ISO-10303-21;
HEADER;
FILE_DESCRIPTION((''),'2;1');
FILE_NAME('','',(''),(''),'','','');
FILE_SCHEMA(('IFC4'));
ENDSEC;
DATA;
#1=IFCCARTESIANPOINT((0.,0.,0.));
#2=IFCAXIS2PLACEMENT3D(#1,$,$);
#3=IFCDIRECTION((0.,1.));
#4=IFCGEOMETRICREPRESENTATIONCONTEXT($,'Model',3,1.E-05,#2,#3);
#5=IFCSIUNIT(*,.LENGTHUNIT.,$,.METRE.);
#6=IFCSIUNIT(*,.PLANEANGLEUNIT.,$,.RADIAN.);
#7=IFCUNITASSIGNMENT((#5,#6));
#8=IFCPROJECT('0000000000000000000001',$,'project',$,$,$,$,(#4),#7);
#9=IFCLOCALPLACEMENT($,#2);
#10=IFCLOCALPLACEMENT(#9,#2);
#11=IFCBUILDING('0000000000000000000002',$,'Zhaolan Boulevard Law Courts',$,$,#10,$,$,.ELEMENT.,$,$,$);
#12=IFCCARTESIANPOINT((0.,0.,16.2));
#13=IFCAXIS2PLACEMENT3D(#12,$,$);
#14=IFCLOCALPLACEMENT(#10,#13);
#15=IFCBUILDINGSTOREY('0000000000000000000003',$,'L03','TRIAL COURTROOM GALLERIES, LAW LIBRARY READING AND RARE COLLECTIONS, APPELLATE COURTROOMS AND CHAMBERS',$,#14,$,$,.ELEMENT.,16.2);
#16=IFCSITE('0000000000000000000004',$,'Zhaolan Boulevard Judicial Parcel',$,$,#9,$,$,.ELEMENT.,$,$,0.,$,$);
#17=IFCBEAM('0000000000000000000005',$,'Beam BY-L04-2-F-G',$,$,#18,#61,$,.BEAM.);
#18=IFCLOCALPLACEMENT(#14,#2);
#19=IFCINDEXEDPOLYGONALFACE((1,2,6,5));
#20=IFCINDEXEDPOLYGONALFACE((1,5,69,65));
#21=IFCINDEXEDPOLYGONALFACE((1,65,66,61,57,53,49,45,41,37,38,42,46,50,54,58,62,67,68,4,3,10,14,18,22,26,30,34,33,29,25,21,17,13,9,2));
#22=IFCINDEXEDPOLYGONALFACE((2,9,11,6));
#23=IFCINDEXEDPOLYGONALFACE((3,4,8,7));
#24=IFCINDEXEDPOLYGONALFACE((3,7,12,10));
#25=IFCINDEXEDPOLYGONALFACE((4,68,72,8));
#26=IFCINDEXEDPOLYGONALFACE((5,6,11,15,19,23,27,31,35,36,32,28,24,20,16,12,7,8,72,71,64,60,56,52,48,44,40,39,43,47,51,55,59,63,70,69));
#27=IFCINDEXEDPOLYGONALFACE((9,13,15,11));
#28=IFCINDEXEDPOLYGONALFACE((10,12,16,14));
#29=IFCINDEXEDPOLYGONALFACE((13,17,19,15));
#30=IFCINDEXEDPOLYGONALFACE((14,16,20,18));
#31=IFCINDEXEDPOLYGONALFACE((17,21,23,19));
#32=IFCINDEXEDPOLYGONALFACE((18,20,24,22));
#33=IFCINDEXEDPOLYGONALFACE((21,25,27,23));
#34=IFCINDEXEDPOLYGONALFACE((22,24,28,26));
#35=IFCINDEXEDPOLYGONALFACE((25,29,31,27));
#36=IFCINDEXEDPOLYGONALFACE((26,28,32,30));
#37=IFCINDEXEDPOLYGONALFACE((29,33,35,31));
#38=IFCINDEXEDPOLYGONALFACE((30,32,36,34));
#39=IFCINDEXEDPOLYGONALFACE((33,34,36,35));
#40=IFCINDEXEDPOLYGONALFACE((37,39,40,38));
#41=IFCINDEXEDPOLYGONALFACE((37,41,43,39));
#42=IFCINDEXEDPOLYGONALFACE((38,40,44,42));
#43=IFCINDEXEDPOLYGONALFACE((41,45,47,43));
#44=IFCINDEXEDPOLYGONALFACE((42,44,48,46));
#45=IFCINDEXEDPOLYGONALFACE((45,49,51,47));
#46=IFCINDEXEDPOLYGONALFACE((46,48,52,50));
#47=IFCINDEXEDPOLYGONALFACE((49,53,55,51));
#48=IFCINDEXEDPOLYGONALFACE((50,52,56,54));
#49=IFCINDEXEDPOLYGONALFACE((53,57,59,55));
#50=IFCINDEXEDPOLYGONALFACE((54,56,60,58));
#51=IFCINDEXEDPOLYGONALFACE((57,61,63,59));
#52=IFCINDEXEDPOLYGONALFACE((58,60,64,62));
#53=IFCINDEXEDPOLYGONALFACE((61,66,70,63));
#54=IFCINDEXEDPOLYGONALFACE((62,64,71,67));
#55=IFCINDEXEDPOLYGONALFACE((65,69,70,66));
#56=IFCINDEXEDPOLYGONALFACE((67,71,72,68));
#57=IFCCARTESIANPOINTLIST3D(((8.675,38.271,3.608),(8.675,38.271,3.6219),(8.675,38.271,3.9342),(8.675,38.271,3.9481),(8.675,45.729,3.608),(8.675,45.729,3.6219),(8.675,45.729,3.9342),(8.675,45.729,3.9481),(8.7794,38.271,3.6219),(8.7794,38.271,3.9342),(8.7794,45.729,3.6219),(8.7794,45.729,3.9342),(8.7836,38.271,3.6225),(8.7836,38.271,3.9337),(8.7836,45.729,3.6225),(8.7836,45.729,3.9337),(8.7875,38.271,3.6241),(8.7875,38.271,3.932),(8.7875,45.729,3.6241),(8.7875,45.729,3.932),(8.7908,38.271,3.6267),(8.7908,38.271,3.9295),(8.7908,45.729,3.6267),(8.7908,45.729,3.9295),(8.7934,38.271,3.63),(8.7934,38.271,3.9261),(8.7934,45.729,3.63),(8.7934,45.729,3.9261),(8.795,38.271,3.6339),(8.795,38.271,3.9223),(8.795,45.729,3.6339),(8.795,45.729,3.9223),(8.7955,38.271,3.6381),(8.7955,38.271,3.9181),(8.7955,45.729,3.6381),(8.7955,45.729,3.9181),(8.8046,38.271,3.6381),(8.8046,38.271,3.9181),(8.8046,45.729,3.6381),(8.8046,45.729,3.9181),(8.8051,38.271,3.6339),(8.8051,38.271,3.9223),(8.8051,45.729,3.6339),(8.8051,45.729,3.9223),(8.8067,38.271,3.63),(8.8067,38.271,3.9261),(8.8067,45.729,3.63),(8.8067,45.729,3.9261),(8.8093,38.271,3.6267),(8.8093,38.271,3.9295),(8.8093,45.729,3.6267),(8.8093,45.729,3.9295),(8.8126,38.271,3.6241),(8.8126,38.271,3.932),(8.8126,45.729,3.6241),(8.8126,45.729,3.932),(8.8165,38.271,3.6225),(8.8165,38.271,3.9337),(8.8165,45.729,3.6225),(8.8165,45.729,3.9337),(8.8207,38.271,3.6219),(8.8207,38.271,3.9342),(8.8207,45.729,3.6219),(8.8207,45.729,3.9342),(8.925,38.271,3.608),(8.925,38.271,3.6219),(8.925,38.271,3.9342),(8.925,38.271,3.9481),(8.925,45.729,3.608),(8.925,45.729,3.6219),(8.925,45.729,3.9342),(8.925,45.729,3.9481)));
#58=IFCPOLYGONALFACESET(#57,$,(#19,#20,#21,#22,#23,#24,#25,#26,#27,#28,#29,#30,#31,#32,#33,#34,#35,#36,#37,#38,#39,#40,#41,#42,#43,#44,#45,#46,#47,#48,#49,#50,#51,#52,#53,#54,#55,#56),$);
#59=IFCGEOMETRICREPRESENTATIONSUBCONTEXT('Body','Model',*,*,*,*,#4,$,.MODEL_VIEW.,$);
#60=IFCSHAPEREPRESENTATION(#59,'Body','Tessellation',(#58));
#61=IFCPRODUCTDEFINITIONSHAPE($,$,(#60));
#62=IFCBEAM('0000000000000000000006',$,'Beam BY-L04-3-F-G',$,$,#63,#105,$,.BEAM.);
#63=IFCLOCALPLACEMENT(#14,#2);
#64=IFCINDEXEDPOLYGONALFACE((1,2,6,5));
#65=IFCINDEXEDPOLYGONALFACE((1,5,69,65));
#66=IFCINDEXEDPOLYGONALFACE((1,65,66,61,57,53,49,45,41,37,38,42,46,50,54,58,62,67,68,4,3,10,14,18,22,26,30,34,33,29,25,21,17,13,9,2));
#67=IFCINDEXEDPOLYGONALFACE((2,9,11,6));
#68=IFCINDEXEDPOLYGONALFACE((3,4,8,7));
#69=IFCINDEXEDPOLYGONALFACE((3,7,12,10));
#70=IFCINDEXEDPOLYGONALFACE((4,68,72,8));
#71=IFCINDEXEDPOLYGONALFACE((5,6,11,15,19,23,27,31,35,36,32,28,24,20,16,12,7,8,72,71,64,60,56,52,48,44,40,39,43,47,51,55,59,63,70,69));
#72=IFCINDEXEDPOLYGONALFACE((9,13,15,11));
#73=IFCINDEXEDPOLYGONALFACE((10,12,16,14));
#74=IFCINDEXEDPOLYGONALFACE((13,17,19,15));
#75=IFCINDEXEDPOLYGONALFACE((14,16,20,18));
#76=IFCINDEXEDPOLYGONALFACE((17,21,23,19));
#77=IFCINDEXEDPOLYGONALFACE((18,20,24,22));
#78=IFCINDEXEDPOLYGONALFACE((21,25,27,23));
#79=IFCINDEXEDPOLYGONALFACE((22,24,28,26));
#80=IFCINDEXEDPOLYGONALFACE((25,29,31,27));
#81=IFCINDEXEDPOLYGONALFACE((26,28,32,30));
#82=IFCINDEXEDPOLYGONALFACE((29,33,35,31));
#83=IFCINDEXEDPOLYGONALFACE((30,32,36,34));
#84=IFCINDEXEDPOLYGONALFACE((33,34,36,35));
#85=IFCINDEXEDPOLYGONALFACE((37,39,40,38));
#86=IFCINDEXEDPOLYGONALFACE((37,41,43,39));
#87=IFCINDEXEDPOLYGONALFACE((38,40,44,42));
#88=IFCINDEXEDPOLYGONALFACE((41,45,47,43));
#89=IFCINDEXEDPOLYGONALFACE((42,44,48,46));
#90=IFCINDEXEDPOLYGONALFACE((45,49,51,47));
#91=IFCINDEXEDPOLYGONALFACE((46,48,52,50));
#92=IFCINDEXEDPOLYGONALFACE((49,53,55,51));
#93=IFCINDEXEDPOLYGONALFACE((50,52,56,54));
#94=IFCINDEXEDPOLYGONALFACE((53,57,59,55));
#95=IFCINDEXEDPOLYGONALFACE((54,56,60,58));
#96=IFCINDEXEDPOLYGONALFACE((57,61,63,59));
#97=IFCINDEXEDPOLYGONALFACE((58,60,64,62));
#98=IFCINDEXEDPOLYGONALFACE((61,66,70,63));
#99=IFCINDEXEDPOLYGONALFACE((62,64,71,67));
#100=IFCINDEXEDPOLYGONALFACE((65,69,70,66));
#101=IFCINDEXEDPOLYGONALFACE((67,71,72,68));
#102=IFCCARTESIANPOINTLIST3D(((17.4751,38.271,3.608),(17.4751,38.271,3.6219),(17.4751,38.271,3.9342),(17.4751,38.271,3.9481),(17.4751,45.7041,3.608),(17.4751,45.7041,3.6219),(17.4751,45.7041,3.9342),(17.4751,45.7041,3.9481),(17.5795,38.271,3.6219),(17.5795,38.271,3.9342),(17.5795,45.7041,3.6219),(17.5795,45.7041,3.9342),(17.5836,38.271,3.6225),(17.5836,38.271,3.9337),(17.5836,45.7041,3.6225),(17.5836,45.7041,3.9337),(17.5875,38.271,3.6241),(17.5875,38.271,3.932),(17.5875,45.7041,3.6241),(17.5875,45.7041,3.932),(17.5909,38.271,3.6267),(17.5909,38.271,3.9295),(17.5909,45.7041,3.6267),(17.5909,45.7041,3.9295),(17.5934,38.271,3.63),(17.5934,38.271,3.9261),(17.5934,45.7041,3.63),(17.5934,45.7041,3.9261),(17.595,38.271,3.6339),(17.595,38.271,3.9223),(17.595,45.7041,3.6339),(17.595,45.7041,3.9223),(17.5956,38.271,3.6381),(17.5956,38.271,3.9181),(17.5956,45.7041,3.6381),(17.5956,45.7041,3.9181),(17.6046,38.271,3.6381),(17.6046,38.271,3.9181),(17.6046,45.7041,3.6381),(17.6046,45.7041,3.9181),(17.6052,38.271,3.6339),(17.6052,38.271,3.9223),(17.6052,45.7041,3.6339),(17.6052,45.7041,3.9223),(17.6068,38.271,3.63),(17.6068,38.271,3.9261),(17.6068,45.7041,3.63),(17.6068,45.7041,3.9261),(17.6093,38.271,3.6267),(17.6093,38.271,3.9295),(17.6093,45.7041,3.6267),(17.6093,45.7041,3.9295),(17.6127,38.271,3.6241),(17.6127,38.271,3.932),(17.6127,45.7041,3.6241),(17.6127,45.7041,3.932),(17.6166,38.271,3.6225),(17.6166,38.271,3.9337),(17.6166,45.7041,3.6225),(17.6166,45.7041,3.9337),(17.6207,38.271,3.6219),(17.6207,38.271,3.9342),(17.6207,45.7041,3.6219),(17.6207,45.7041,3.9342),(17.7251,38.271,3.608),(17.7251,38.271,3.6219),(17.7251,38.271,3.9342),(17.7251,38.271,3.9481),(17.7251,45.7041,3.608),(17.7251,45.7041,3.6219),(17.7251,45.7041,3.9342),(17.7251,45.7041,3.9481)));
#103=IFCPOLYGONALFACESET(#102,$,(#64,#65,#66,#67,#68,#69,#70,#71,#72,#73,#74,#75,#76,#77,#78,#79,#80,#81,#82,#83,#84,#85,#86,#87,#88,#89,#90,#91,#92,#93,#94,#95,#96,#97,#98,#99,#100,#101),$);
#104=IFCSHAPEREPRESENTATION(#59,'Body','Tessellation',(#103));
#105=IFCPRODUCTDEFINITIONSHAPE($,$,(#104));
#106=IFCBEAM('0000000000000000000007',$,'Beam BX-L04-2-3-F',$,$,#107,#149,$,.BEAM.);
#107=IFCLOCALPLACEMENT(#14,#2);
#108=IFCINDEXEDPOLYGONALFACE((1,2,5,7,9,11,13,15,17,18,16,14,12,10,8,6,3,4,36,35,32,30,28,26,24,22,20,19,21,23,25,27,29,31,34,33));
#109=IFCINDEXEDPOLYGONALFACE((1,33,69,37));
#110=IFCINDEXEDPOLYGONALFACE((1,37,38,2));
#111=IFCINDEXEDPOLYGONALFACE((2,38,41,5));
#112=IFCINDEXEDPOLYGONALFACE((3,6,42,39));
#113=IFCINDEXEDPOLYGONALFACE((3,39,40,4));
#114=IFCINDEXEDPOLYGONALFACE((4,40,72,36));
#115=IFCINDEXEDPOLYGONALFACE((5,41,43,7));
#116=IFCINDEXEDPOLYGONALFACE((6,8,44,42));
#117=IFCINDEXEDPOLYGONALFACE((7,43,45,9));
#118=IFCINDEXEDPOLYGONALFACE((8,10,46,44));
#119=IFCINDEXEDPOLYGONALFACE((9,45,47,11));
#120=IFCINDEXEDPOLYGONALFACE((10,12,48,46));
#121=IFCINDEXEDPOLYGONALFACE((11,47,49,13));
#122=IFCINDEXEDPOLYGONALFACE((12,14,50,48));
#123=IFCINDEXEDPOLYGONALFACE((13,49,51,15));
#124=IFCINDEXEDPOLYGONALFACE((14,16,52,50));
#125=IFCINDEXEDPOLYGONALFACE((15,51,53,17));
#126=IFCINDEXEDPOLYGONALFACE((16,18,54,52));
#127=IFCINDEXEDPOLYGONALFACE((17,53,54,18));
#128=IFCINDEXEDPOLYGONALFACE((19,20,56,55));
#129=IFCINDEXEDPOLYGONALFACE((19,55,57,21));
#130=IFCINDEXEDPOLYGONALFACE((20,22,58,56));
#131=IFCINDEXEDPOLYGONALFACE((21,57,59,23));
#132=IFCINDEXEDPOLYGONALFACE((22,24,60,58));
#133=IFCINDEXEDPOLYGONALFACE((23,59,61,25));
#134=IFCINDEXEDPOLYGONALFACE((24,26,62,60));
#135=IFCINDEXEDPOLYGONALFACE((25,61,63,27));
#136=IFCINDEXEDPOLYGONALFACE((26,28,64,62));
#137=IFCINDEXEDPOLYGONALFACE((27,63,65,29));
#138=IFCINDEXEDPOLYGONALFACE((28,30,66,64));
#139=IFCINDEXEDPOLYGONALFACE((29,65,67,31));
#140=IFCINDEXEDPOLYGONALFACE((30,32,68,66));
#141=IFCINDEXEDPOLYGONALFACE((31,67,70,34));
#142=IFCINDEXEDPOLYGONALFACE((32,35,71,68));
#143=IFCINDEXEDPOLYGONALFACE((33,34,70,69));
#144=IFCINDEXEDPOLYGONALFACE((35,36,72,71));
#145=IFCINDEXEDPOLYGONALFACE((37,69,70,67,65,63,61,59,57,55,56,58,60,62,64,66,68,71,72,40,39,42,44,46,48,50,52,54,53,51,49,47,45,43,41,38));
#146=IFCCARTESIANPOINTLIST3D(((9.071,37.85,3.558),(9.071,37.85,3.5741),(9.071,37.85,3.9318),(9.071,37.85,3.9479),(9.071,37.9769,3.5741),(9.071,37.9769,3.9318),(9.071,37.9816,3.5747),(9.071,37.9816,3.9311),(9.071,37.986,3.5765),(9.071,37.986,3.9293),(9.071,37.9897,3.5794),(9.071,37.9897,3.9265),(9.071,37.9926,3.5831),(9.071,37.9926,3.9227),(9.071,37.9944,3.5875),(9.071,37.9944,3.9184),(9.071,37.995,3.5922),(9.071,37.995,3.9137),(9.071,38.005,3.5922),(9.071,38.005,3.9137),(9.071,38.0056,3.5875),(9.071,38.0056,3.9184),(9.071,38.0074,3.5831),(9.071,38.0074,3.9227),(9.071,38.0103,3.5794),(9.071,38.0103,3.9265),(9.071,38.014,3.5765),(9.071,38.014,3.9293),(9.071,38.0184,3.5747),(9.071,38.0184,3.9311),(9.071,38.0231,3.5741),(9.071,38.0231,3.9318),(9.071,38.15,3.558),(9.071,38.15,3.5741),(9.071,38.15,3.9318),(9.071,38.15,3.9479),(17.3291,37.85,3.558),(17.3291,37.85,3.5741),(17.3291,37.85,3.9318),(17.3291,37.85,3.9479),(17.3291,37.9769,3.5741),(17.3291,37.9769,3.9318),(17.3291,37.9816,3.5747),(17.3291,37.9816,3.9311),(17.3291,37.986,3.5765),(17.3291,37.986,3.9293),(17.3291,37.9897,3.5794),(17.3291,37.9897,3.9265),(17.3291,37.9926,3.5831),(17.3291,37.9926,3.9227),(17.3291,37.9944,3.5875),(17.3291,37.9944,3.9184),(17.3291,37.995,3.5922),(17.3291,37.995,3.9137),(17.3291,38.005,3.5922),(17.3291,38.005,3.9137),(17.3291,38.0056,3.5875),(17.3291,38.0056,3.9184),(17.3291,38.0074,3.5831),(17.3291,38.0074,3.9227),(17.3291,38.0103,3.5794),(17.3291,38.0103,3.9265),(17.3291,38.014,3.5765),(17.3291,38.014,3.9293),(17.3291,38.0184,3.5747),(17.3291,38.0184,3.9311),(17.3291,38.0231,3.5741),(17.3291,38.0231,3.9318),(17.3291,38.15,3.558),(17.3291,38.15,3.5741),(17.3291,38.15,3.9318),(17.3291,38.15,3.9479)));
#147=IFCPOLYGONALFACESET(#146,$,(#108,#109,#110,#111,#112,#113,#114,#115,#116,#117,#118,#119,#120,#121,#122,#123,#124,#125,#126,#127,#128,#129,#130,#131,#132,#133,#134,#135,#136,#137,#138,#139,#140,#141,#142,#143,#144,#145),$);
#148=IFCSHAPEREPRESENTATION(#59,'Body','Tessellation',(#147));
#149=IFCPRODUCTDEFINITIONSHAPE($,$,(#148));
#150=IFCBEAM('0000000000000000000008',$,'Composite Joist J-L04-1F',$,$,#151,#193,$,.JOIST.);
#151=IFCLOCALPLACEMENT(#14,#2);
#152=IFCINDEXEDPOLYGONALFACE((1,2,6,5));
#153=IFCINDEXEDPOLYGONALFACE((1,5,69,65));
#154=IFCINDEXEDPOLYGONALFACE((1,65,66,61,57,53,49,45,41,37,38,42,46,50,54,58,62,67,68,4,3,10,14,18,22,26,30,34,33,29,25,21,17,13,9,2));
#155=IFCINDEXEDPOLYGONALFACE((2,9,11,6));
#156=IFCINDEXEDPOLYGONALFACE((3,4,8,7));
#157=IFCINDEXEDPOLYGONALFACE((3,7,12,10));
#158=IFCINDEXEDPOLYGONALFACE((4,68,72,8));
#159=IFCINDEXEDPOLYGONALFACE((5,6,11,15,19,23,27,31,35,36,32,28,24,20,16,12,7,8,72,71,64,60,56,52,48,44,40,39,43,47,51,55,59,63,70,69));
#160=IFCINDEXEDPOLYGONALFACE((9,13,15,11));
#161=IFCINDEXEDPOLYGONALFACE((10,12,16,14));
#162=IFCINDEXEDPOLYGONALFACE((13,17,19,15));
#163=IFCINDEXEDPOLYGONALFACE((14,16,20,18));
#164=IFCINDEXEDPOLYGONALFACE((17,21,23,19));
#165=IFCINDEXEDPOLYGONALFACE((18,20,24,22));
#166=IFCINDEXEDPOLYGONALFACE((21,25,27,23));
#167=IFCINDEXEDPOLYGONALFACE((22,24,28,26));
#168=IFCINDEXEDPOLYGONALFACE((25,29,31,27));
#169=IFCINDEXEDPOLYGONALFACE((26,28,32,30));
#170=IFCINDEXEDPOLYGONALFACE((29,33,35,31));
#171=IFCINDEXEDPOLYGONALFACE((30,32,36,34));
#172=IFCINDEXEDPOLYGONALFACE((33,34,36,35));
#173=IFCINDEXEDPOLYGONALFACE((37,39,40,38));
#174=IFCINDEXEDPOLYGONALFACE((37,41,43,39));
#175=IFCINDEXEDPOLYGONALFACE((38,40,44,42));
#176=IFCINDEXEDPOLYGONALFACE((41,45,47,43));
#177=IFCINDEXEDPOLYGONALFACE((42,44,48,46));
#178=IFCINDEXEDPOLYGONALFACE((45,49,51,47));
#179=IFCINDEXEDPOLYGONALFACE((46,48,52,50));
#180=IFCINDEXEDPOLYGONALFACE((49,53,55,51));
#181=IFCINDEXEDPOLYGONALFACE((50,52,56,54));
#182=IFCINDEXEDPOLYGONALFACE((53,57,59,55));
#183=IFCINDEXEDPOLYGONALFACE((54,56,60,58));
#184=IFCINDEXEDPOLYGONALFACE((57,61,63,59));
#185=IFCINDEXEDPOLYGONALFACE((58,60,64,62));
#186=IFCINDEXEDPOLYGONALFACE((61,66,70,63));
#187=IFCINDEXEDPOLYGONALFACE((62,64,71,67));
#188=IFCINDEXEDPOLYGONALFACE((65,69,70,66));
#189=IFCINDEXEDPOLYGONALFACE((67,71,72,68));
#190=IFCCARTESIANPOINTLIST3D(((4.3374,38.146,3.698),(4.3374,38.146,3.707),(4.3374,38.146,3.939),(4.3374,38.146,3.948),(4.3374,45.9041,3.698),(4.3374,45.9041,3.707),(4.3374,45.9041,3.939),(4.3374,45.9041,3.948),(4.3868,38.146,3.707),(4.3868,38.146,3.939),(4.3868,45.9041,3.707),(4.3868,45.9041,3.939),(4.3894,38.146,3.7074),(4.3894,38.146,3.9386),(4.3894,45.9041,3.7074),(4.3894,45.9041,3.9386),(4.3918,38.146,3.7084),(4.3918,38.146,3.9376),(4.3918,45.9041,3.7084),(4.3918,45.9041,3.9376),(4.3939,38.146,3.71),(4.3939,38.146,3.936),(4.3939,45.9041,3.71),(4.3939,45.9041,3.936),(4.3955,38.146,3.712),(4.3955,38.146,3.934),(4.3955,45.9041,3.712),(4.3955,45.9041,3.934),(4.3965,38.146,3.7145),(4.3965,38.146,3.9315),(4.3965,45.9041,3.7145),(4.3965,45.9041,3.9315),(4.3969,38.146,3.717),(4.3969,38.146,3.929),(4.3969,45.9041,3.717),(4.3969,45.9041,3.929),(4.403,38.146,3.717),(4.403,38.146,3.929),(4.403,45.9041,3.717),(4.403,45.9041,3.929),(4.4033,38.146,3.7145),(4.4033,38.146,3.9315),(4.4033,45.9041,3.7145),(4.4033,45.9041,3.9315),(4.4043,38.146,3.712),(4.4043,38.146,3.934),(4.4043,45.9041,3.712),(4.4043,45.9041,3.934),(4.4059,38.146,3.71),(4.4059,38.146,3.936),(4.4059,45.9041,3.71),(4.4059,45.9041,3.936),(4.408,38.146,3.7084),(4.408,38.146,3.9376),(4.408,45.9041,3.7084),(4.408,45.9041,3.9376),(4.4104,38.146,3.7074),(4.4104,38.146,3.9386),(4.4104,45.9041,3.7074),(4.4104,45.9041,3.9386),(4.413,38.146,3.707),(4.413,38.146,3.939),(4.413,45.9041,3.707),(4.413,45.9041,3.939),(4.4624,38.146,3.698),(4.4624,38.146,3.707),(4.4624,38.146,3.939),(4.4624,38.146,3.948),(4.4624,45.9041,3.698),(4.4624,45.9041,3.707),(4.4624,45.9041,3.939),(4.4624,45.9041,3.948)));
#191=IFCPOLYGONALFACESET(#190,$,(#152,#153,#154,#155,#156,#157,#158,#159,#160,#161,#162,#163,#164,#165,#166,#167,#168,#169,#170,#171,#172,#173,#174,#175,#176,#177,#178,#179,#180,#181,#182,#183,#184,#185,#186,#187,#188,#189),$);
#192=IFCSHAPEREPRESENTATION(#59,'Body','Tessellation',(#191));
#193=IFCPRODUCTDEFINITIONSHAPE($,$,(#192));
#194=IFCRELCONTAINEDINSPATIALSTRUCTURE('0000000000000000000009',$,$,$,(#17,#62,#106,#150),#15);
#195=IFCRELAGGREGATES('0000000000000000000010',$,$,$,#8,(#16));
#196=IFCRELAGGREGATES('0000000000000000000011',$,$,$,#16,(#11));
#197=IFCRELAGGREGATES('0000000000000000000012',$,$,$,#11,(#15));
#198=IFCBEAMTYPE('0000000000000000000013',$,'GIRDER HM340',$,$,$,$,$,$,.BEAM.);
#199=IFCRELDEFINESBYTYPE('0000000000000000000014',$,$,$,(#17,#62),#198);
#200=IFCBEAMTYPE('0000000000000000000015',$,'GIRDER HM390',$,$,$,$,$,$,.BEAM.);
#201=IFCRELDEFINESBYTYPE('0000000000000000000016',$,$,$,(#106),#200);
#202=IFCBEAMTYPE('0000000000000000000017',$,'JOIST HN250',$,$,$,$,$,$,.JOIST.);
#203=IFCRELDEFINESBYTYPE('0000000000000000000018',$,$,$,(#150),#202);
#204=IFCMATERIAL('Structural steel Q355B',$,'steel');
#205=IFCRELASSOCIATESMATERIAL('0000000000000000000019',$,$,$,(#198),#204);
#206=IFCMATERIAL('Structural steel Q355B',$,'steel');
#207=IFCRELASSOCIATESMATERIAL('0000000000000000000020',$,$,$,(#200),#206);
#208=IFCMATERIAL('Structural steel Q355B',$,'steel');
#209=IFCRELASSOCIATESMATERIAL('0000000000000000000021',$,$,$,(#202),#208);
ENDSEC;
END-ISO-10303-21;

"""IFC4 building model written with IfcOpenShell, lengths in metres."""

from ifc_helpers import new_model, si_unit, direction, frame, origin, origin_2d, place, context, subcontext, project, spatial, i_section, extrude, material, material_profile, profile_set, type_object, element, save


model = new_model("IFC4")

# Units and contexts
model_context = context("Model", 3, precision=1e-05, world=origin(), true_north=direction((0.0, 1.0)))
body_context = subcontext(model_context, "Body", "Model", "MODEL_VIEW")
ifc_project = project(units=[si_unit("LENGTHUNIT", "METRE"), si_unit("PLANEANGLEUNIT", "RADIAN")], contexts=[model_context])

# Site, building, storey
site_placement = place(None, origin())
site = spatial("IfcSite", under=ifc_project, at=site_placement, Name="Zhaolan Boulevard Judicial Parcel", CompositionType="ELEMENT", RefElevation=0.0)
building_placement = place(site_placement, origin())
building = spatial("IfcBuilding", under=site, at=building_placement, Name="Zhaolan Boulevard Law Courts", CompositionType="ELEMENT")
storey_placement = place(building_placement, frame((0.0, 0.0, 16.2)))
storey = spatial("IfcBuildingStorey", under=building, at=storey_placement, Name="L03", Description="TRIAL COURTROOM GALLERIES, LAW LIBRARY READING AND RARE COLLECTIONS, APPELLATE COURTROOMS AND CHAMBERS", CompositionType="ELEMENT", Elevation=16.2)

# Beams
ifc_material_1 = material(Name="Structural steel Q355B", Category="steel")
ifc_material_profile_1 = material_profile(ifc_material_1, i_section(OverallWidth=0.25, OverallDepth=0.3401, WebThickness=0.009, FlangeThickness=0.0139, FilletRadius=0.0161, at=origin_2d()), Name="HM340x250")
ifc_profile_set_1 = profile_set([ifc_material_profile_1], Name="Structural steel Q355B")
beam_type_1 = type_object("IfcBeamType", Name="GIRDER HM340", PredefinedType="BEAM", material=ifc_profile_set_1)
beam_1_placement = place(storey_placement, frame((8.8, 38.271, 3.7781), z_axis=(0.0, 1.0, 0.0), x_axis=(-1.0, 0.0, 0.0)))
element("IfcBeam", 1, at=beam_1_placement, inside=storey, type_object=beam_type_1, Name="Beam BY-L04-2-F-G", PredefinedType="BEAM", context=body_context, shape_type="SweptSolid", body=[
    extrude(i_section(OverallWidth=0.25, OverallDepth=0.3401, WebThickness=0.009, FlangeThickness=0.0139, FilletRadius=0.0161, at=origin_2d()), origin(), (0.0, 0.0, 1.0), 7.458),
])
beam_2_placement = place(storey_placement, frame((17.6001, 38.271, 3.7781), z_axis=(0.0, 1.0, 0.0), x_axis=(-1.0, 0.0, 0.0)))
element("IfcBeam", 2, at=beam_2_placement, inside=storey, type_object=beam_type_1, Name="Beam BY-L04-3-F-G", PredefinedType="BEAM", context=body_context, shape_type="SweptSolid", body=[
    extrude(i_section(OverallWidth=0.25, OverallDepth=0.3401, WebThickness=0.009, FlangeThickness=0.0139, FilletRadius=0.0161, at=origin_2d()), origin(), (0.0, 0.0, 1.0), 7.4331),
])
ifc_material_2 = material(Name="Structural steel Q355B", Category="steel")
ifc_material_profile_2 = material_profile(ifc_material_2, i_section(OverallWidth=0.3, OverallDepth=0.3899, WebThickness=0.01, FlangeThickness=0.0161, FilletRadius=0.0181, at=origin_2d()), Name="HM390x300")
ifc_profile_set_2 = profile_set([ifc_material_profile_2], Name="Structural steel Q355B")
beam_type_2 = type_object("IfcBeamType", Name="GIRDER HM390", PredefinedType="BEAM", material=ifc_profile_set_2)
beam_3_placement = place(storey_placement, frame((9.071, 38.0, 3.7529), z_axis=(1.0, 0.0, 0.0), x_axis=(0.0, 1.0, 0.0)))
element("IfcBeam", 3, at=beam_3_placement, inside=storey, type_object=beam_type_2, Name="Beam BX-L04-2-3-F", PredefinedType="BEAM", context=body_context, shape_type="SweptSolid", body=[
    extrude(i_section(OverallWidth=0.3, OverallDepth=0.3899, WebThickness=0.01, FlangeThickness=0.0161, FilletRadius=0.0181, at=origin_2d()), origin(), (0.0, 0.0, 1.0), 8.2581),
])
ifc_material_3 = material(Name="Structural steel Q355B", Category="steel")
ifc_material_profile_3 = material_profile(ifc_material_3, i_section(OverallWidth=0.125, OverallDepth=0.25, WebThickness=0.0061, FlangeThickness=0.009, FilletRadius=0.01, at=origin_2d()), Name="HN250x125")
ifc_profile_set_3 = profile_set([ifc_material_profile_3], Name="Structural steel Q355B")
beam_type_3 = type_object("IfcBeamType", Name="JOIST HN250", PredefinedType="JOIST", material=ifc_profile_set_3)
beam_4_placement = place(storey_placement, frame((4.3999, 38.146, 3.823), z_axis=(0.0, 1.0, 0.0), x_axis=(-1.0, 0.0, 0.0)))
element("IfcBeam", 4, at=beam_4_placement, inside=storey, type_object=beam_type_3, Name="Composite Joist J-L04-1F", PredefinedType="JOIST", context=body_context, shape_type="SweptSolid", body=[
    extrude(i_section(OverallWidth=0.125, OverallDepth=0.25, WebThickness=0.0061, FlangeThickness=0.009, FilletRadius=0.01, at=origin_2d()), origin(), (0.0, 0.0, 1.0), 7.7581),
])

save(model, "model.ifc")
